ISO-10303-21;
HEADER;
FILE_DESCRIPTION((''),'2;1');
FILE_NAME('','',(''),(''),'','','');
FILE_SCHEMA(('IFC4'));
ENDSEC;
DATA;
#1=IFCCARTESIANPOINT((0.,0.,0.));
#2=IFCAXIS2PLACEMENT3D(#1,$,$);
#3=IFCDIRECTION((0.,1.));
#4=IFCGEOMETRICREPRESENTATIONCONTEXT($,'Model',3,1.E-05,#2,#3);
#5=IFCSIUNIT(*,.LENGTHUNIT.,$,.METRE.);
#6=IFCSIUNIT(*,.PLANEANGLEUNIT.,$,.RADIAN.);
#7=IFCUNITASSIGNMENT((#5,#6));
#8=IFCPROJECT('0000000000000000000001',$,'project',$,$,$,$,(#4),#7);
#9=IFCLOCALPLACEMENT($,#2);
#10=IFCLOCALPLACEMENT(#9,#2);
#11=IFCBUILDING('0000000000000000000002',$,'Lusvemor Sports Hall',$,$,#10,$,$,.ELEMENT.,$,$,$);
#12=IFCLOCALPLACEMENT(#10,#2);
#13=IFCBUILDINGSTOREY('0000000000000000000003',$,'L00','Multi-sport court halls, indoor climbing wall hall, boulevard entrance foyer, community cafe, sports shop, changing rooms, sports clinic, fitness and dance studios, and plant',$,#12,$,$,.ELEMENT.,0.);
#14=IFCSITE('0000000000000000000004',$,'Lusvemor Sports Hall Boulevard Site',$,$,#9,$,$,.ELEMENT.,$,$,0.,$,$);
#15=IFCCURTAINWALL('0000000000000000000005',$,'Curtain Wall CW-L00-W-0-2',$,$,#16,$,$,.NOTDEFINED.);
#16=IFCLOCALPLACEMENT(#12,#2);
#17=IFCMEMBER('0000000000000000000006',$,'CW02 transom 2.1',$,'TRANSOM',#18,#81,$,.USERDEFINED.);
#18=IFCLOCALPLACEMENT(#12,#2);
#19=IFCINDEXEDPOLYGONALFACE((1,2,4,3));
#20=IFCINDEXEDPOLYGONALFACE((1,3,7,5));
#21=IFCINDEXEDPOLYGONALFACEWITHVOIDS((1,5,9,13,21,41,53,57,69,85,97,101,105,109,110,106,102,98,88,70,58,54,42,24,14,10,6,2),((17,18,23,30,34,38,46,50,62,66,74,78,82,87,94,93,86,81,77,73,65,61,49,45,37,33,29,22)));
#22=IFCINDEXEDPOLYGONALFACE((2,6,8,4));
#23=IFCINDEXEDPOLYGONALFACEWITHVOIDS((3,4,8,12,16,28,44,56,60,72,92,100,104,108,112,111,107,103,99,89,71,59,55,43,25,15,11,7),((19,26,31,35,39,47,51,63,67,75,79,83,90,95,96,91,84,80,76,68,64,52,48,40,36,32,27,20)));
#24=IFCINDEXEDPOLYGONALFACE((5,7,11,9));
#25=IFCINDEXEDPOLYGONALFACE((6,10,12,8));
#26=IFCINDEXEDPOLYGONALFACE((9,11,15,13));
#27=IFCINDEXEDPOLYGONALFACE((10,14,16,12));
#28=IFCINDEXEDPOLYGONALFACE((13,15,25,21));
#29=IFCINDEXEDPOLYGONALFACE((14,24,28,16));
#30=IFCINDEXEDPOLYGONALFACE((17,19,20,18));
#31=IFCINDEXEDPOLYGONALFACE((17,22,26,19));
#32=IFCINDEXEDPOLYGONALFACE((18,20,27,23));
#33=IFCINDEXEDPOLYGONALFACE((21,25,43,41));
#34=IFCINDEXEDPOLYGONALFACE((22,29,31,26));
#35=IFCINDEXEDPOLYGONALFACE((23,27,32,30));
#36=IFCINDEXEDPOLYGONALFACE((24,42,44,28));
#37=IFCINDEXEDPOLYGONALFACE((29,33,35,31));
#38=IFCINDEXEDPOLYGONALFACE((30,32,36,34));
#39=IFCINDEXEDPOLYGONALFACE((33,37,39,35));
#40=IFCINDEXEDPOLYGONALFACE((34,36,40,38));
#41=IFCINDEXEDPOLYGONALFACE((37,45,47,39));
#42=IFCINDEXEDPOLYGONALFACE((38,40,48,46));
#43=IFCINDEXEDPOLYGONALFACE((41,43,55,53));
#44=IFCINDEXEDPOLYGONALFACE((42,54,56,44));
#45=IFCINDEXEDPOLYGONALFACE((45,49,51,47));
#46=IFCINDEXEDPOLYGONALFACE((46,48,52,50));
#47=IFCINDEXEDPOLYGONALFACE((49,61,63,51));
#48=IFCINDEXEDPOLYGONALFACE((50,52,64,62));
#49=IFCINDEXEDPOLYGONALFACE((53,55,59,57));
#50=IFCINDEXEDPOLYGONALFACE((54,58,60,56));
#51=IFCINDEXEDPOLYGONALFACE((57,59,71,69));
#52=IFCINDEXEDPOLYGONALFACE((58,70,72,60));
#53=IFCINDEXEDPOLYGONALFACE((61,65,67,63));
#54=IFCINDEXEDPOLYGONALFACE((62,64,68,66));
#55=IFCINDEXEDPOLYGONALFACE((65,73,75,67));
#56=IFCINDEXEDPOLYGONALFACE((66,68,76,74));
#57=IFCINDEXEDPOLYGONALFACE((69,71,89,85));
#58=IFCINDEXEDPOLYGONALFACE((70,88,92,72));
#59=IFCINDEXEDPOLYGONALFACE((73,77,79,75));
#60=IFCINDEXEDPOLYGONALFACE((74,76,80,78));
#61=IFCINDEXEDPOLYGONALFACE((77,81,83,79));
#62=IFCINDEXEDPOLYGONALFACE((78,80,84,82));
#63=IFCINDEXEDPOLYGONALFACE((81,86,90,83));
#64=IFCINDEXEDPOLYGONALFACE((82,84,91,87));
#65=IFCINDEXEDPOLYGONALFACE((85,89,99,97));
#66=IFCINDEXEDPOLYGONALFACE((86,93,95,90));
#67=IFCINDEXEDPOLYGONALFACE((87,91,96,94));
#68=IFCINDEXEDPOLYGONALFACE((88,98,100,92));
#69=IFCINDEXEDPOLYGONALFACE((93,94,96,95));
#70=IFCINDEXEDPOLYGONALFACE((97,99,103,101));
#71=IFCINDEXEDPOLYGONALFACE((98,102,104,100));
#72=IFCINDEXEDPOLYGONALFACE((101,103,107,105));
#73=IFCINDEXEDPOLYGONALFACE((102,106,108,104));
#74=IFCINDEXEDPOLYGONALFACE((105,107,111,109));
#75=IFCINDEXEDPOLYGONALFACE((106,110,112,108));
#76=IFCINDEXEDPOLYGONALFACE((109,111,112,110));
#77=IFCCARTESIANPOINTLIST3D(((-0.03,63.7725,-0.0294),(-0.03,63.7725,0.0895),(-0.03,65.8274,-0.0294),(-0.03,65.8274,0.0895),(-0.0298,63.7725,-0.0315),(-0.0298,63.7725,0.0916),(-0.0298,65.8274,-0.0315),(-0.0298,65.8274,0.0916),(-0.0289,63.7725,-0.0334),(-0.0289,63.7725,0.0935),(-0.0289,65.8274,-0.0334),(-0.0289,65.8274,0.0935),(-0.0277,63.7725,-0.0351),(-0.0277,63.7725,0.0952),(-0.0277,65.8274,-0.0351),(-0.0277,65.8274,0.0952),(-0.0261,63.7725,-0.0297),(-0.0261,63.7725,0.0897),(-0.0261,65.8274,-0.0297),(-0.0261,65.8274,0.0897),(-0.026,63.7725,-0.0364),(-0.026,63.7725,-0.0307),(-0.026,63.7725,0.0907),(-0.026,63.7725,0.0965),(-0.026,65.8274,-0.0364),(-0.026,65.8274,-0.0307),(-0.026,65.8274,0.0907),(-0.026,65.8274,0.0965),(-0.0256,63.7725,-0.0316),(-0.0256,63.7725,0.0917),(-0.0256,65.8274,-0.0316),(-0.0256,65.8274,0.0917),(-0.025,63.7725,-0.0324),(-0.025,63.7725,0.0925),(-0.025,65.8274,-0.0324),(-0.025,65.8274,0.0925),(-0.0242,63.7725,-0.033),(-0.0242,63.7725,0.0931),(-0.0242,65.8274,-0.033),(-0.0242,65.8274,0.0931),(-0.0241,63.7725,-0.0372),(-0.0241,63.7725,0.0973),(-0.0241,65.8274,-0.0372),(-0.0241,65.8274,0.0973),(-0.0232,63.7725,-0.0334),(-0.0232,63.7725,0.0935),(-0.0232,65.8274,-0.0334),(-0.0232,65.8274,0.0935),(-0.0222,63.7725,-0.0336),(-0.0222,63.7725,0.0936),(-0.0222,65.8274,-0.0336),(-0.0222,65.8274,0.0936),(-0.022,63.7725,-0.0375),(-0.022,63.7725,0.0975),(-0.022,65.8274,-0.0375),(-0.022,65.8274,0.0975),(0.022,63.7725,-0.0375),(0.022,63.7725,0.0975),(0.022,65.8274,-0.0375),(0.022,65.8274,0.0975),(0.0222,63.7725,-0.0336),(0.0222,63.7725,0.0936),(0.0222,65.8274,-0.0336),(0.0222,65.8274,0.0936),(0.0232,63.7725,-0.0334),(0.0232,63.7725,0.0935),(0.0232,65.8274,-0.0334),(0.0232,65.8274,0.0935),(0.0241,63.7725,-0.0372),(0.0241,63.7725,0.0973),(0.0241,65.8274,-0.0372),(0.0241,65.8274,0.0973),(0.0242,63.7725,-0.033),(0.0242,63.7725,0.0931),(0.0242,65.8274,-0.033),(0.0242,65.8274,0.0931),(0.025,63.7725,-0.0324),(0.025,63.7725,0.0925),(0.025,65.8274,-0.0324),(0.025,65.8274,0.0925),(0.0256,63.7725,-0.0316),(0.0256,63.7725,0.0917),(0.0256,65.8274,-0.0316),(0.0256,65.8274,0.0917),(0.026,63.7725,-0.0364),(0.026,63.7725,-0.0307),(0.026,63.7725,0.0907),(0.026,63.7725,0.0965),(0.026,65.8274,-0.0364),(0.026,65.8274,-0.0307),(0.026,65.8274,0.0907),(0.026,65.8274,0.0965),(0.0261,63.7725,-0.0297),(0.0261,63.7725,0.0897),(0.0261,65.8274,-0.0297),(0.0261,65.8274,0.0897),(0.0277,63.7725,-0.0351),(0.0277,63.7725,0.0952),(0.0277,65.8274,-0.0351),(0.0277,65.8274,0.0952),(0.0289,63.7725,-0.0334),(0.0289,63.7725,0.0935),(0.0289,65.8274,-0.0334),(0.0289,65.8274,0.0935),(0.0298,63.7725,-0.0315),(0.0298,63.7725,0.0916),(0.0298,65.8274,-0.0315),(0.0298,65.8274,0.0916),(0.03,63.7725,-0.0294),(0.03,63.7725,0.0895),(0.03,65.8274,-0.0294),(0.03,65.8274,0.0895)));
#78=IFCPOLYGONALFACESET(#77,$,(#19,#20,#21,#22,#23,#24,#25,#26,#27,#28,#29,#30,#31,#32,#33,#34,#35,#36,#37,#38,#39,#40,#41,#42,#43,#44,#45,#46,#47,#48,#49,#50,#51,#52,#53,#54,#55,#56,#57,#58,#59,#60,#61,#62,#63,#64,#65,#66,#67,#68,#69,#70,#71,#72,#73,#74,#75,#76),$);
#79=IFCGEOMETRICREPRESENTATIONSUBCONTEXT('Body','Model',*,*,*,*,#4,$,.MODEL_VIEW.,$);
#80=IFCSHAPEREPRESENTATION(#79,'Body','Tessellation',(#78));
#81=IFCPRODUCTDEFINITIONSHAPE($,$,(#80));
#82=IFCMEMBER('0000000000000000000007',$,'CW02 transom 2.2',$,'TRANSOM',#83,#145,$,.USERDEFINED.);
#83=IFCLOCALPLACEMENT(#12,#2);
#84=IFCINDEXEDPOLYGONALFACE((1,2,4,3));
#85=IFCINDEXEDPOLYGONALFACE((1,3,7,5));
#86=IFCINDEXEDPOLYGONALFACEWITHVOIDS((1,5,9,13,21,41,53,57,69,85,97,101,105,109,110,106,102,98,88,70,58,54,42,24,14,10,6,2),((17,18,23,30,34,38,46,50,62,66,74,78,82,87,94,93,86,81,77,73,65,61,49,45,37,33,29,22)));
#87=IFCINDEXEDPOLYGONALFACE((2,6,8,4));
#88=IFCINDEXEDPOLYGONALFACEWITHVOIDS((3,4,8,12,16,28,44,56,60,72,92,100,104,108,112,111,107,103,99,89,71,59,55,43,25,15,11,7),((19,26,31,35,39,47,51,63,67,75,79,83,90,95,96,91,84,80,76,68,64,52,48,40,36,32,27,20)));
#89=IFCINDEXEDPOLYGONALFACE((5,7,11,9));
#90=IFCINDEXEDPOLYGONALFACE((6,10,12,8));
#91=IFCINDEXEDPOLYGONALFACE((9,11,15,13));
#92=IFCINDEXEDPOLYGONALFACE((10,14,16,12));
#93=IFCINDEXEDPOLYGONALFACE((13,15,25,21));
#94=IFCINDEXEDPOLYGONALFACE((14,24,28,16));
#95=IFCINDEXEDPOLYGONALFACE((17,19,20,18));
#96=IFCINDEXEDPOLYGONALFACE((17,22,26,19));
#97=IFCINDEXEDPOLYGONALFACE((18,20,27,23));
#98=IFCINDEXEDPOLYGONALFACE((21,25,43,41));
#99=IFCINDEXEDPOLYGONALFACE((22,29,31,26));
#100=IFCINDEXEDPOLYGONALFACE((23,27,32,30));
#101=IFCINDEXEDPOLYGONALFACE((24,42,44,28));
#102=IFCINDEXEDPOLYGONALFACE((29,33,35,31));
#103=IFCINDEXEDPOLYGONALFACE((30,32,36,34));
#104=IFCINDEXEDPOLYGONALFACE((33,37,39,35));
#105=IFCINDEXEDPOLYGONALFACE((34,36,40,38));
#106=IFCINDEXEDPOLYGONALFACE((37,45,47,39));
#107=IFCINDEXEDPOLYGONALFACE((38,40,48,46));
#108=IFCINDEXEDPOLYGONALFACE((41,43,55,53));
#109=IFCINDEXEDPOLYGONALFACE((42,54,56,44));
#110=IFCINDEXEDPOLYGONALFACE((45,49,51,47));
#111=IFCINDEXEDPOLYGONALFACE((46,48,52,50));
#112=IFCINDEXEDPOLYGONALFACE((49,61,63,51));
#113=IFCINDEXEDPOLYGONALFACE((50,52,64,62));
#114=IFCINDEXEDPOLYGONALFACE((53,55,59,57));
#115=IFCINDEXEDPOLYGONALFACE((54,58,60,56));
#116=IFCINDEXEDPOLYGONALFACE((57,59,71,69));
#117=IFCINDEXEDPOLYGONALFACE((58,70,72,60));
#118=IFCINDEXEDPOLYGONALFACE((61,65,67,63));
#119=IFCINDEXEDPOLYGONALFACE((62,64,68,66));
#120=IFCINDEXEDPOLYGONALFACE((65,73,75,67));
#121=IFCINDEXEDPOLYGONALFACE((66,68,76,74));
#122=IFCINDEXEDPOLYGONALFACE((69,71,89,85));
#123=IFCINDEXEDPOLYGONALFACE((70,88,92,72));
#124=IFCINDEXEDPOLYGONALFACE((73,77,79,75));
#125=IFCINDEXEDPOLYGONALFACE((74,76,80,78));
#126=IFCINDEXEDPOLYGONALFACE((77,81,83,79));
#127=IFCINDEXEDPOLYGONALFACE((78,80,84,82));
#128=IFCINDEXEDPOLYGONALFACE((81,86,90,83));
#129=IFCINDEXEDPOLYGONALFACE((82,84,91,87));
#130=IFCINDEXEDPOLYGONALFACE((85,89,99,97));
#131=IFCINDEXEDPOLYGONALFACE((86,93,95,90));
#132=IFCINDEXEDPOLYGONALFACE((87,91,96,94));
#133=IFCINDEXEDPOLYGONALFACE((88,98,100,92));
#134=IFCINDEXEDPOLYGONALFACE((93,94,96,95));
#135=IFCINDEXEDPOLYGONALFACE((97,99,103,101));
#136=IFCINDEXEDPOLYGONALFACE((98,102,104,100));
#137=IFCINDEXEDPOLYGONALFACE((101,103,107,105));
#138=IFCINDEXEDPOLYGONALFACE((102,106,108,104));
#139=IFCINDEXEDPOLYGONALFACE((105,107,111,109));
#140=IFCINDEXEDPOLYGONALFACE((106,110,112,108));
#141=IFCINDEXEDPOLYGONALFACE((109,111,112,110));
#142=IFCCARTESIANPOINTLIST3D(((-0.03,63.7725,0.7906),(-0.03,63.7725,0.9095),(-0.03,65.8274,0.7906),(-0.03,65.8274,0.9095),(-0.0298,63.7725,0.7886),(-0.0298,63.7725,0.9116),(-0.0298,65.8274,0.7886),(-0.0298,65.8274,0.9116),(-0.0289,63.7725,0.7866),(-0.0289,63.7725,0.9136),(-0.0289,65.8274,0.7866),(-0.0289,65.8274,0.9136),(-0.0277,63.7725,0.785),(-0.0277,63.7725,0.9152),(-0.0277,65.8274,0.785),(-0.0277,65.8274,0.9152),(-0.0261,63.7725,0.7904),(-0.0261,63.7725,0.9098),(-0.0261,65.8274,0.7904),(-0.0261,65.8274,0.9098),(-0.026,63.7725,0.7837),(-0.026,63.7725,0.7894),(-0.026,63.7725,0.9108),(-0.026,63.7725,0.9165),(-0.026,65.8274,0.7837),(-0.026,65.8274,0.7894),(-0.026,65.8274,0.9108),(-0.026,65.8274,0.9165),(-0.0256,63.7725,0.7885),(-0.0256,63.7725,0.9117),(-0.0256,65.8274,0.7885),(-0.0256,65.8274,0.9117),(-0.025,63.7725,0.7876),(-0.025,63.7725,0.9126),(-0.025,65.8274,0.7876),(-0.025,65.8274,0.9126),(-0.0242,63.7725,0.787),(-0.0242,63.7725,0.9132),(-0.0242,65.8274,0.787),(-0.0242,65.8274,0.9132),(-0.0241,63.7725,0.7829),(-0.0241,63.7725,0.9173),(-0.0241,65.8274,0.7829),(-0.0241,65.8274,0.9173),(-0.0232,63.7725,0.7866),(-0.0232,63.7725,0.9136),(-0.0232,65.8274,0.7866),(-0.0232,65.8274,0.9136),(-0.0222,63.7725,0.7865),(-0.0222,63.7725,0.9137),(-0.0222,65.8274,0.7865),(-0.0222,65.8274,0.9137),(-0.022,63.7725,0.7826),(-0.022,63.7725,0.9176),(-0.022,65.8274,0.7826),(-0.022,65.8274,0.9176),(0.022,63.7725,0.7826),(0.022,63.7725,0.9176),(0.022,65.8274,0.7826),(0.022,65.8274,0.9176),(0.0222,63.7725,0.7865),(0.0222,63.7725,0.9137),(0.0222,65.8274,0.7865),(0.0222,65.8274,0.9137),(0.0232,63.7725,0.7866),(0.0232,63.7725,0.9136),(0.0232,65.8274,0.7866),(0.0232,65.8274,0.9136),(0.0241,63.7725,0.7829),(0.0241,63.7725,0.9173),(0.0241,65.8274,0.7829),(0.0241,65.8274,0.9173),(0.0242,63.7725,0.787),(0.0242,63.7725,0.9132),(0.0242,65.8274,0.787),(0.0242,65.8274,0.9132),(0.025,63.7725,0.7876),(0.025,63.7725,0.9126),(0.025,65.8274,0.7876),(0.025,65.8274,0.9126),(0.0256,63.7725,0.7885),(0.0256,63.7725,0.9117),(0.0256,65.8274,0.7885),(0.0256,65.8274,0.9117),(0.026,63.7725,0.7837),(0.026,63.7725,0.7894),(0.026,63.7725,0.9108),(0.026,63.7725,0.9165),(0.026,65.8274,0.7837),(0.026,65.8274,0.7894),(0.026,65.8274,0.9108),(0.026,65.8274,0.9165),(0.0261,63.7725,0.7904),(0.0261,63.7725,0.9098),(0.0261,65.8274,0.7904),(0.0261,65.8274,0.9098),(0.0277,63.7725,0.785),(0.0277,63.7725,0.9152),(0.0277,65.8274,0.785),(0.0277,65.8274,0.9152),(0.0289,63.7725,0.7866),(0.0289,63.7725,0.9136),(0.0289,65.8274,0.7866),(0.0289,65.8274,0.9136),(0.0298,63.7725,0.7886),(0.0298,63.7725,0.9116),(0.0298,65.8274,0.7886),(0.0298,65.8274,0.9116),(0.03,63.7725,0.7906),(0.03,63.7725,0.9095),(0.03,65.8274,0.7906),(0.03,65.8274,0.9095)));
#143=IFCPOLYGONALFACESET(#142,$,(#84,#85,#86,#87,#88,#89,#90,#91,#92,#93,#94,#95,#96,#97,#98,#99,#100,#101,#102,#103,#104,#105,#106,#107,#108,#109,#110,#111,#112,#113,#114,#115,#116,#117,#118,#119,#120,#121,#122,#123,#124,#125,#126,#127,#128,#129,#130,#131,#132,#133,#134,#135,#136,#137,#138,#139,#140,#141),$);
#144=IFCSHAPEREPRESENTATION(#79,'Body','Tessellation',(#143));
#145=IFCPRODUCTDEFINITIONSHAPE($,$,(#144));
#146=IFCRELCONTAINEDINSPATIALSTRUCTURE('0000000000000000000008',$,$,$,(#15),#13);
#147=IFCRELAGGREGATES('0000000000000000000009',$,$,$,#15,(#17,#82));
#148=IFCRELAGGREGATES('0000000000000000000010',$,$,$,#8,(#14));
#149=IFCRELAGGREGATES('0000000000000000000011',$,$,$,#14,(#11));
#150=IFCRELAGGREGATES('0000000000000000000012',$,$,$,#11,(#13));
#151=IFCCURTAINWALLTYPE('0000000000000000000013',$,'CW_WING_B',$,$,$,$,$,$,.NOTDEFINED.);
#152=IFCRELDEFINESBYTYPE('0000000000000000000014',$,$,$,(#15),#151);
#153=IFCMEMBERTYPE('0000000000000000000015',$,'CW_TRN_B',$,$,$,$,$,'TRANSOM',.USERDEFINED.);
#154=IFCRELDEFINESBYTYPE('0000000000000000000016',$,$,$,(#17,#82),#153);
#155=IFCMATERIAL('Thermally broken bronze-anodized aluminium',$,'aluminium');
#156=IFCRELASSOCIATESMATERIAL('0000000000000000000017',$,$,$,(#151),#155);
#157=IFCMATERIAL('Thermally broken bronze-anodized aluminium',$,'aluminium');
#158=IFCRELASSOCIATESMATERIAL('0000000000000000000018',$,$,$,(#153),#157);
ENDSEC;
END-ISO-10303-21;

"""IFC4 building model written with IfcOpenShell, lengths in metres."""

from ifc_helpers import new_model, si_unit, direction, frame, origin, origin_2d, place, context, subcontext, project, spatial, hollow_rectangle, extrude, material, material_profile, profile_set, type_object, element, aggregate, save


model = new_model("IFC4")

# Units and contexts
model_context = context("Model", 3, precision=1e-05, world=origin(), true_north=direction((0.0, 1.0)))
body_context = subcontext(model_context, "Body", "Model", "MODEL_VIEW")
ifc_project = project(units=[si_unit("LENGTHUNIT", "METRE"), si_unit("PLANEANGLEUNIT", "RADIAN")], contexts=[model_context])

# Site, building, storey
site_placement = place(None, origin())
site = spatial("IfcSite", under=ifc_project, at=site_placement, Name="Lusvemor Sports Hall Boulevard Site", CompositionType="ELEMENT", RefElevation=0.0)
building_placement = place(site_placement, origin())
building = spatial("IfcBuilding", under=site, at=building_placement, Name="Lusvemor Sports Hall", CompositionType="ELEMENT")
storey_placement = place(building_placement, origin())
storey = spatial("IfcBuildingStorey", under=building, at=storey_placement, Name="L00", Description="Multi-sport court halls, indoor climbing wall hall, boulevard entrance foyer, community cafe, sports shop, changing rooms, sports clinic, fitness and dance studios, and plant", CompositionType="ELEMENT", Elevation=0.0)

# Shared definitions
ifc_material_1 = material(Name="Thermally broken bronze-anodized aluminium", Category="aluminium")
curtain_wall_type = type_object("IfcCurtainWallType", Name="CW_WING_B", PredefinedType="NOTDEFINED", material=ifc_material_1)

# Curtain wall, members
curtain_wall_1_placement = place(storey_placement, origin())
curtain_wall_1 = element("IfcCurtainWall", 1, at=curtain_wall_1_placement, inside=storey, type_object=curtain_wall_type, Name="Curtain Wall CW-L00-W-0-2", PredefinedType="NOTDEFINED")
ifc_material_2 = material(Name="Thermally broken bronze-anodized aluminium", Category="aluminium")
ifc_material_profile_1 = material_profile(ifc_material_2, hollow_rectangle(XDim=0.0601, YDim=0.135, WallThickness=0.0039, InnerFilletRadius=0.0039, OuterFilletRadius=0.0081, at=origin_2d()), Name="CWTRN135x60x4")
ifc_profile_set_1 = profile_set([ifc_material_profile_1], Name="Thermally broken bronze-anodized aluminium")
member_type_1 = type_object("IfcMemberType", Name="CW_TRN_B", ElementType="TRANSOM", PredefinedType="USERDEFINED", material=ifc_profile_set_1)
member_1_placement = place(storey_placement, frame((0.0, 63.7725, 0.03), z_axis=(0.0, 1.0, 0.0), x_axis=(-1.0, 0.0, 0.0)))
member_1 = element("IfcMember", 2, at=member_1_placement, type_object=member_type_1, Name="CW02 transom 2.1", ObjectType="TRANSOM", PredefinedType="USERDEFINED", context=body_context, shape_type="SweptSolid", body=[
    extrude(hollow_rectangle(XDim=0.0601, YDim=0.135, WallThickness=0.0039, InnerFilletRadius=0.0039, OuterFilletRadius=0.0081, at=origin_2d()), origin(), (0.0, 0.0, 1.0), 2.0549),
])
member_2_placement = place(storey_placement, frame((0.0, 63.7725, 0.8501), z_axis=(0.0, 1.0, 0.0), x_axis=(-1.0, 0.0, 0.0)))
member_2 = element("IfcMember", 3, at=member_2_placement, type_object=member_type_1, Name="CW02 transom 2.2", ObjectType="TRANSOM", PredefinedType="USERDEFINED", context=body_context, shape_type="SweptSolid", body=[
    extrude(hollow_rectangle(XDim=0.0601, YDim=0.135, WallThickness=0.0039, InnerFilletRadius=0.0039, OuterFilletRadius=0.0081, at=origin_2d()), origin(), (0.0, 0.0, 1.0), 2.0549),
])
aggregate(curtain_wall_1, [member_1, member_2])

save(model, "model.ifc")
